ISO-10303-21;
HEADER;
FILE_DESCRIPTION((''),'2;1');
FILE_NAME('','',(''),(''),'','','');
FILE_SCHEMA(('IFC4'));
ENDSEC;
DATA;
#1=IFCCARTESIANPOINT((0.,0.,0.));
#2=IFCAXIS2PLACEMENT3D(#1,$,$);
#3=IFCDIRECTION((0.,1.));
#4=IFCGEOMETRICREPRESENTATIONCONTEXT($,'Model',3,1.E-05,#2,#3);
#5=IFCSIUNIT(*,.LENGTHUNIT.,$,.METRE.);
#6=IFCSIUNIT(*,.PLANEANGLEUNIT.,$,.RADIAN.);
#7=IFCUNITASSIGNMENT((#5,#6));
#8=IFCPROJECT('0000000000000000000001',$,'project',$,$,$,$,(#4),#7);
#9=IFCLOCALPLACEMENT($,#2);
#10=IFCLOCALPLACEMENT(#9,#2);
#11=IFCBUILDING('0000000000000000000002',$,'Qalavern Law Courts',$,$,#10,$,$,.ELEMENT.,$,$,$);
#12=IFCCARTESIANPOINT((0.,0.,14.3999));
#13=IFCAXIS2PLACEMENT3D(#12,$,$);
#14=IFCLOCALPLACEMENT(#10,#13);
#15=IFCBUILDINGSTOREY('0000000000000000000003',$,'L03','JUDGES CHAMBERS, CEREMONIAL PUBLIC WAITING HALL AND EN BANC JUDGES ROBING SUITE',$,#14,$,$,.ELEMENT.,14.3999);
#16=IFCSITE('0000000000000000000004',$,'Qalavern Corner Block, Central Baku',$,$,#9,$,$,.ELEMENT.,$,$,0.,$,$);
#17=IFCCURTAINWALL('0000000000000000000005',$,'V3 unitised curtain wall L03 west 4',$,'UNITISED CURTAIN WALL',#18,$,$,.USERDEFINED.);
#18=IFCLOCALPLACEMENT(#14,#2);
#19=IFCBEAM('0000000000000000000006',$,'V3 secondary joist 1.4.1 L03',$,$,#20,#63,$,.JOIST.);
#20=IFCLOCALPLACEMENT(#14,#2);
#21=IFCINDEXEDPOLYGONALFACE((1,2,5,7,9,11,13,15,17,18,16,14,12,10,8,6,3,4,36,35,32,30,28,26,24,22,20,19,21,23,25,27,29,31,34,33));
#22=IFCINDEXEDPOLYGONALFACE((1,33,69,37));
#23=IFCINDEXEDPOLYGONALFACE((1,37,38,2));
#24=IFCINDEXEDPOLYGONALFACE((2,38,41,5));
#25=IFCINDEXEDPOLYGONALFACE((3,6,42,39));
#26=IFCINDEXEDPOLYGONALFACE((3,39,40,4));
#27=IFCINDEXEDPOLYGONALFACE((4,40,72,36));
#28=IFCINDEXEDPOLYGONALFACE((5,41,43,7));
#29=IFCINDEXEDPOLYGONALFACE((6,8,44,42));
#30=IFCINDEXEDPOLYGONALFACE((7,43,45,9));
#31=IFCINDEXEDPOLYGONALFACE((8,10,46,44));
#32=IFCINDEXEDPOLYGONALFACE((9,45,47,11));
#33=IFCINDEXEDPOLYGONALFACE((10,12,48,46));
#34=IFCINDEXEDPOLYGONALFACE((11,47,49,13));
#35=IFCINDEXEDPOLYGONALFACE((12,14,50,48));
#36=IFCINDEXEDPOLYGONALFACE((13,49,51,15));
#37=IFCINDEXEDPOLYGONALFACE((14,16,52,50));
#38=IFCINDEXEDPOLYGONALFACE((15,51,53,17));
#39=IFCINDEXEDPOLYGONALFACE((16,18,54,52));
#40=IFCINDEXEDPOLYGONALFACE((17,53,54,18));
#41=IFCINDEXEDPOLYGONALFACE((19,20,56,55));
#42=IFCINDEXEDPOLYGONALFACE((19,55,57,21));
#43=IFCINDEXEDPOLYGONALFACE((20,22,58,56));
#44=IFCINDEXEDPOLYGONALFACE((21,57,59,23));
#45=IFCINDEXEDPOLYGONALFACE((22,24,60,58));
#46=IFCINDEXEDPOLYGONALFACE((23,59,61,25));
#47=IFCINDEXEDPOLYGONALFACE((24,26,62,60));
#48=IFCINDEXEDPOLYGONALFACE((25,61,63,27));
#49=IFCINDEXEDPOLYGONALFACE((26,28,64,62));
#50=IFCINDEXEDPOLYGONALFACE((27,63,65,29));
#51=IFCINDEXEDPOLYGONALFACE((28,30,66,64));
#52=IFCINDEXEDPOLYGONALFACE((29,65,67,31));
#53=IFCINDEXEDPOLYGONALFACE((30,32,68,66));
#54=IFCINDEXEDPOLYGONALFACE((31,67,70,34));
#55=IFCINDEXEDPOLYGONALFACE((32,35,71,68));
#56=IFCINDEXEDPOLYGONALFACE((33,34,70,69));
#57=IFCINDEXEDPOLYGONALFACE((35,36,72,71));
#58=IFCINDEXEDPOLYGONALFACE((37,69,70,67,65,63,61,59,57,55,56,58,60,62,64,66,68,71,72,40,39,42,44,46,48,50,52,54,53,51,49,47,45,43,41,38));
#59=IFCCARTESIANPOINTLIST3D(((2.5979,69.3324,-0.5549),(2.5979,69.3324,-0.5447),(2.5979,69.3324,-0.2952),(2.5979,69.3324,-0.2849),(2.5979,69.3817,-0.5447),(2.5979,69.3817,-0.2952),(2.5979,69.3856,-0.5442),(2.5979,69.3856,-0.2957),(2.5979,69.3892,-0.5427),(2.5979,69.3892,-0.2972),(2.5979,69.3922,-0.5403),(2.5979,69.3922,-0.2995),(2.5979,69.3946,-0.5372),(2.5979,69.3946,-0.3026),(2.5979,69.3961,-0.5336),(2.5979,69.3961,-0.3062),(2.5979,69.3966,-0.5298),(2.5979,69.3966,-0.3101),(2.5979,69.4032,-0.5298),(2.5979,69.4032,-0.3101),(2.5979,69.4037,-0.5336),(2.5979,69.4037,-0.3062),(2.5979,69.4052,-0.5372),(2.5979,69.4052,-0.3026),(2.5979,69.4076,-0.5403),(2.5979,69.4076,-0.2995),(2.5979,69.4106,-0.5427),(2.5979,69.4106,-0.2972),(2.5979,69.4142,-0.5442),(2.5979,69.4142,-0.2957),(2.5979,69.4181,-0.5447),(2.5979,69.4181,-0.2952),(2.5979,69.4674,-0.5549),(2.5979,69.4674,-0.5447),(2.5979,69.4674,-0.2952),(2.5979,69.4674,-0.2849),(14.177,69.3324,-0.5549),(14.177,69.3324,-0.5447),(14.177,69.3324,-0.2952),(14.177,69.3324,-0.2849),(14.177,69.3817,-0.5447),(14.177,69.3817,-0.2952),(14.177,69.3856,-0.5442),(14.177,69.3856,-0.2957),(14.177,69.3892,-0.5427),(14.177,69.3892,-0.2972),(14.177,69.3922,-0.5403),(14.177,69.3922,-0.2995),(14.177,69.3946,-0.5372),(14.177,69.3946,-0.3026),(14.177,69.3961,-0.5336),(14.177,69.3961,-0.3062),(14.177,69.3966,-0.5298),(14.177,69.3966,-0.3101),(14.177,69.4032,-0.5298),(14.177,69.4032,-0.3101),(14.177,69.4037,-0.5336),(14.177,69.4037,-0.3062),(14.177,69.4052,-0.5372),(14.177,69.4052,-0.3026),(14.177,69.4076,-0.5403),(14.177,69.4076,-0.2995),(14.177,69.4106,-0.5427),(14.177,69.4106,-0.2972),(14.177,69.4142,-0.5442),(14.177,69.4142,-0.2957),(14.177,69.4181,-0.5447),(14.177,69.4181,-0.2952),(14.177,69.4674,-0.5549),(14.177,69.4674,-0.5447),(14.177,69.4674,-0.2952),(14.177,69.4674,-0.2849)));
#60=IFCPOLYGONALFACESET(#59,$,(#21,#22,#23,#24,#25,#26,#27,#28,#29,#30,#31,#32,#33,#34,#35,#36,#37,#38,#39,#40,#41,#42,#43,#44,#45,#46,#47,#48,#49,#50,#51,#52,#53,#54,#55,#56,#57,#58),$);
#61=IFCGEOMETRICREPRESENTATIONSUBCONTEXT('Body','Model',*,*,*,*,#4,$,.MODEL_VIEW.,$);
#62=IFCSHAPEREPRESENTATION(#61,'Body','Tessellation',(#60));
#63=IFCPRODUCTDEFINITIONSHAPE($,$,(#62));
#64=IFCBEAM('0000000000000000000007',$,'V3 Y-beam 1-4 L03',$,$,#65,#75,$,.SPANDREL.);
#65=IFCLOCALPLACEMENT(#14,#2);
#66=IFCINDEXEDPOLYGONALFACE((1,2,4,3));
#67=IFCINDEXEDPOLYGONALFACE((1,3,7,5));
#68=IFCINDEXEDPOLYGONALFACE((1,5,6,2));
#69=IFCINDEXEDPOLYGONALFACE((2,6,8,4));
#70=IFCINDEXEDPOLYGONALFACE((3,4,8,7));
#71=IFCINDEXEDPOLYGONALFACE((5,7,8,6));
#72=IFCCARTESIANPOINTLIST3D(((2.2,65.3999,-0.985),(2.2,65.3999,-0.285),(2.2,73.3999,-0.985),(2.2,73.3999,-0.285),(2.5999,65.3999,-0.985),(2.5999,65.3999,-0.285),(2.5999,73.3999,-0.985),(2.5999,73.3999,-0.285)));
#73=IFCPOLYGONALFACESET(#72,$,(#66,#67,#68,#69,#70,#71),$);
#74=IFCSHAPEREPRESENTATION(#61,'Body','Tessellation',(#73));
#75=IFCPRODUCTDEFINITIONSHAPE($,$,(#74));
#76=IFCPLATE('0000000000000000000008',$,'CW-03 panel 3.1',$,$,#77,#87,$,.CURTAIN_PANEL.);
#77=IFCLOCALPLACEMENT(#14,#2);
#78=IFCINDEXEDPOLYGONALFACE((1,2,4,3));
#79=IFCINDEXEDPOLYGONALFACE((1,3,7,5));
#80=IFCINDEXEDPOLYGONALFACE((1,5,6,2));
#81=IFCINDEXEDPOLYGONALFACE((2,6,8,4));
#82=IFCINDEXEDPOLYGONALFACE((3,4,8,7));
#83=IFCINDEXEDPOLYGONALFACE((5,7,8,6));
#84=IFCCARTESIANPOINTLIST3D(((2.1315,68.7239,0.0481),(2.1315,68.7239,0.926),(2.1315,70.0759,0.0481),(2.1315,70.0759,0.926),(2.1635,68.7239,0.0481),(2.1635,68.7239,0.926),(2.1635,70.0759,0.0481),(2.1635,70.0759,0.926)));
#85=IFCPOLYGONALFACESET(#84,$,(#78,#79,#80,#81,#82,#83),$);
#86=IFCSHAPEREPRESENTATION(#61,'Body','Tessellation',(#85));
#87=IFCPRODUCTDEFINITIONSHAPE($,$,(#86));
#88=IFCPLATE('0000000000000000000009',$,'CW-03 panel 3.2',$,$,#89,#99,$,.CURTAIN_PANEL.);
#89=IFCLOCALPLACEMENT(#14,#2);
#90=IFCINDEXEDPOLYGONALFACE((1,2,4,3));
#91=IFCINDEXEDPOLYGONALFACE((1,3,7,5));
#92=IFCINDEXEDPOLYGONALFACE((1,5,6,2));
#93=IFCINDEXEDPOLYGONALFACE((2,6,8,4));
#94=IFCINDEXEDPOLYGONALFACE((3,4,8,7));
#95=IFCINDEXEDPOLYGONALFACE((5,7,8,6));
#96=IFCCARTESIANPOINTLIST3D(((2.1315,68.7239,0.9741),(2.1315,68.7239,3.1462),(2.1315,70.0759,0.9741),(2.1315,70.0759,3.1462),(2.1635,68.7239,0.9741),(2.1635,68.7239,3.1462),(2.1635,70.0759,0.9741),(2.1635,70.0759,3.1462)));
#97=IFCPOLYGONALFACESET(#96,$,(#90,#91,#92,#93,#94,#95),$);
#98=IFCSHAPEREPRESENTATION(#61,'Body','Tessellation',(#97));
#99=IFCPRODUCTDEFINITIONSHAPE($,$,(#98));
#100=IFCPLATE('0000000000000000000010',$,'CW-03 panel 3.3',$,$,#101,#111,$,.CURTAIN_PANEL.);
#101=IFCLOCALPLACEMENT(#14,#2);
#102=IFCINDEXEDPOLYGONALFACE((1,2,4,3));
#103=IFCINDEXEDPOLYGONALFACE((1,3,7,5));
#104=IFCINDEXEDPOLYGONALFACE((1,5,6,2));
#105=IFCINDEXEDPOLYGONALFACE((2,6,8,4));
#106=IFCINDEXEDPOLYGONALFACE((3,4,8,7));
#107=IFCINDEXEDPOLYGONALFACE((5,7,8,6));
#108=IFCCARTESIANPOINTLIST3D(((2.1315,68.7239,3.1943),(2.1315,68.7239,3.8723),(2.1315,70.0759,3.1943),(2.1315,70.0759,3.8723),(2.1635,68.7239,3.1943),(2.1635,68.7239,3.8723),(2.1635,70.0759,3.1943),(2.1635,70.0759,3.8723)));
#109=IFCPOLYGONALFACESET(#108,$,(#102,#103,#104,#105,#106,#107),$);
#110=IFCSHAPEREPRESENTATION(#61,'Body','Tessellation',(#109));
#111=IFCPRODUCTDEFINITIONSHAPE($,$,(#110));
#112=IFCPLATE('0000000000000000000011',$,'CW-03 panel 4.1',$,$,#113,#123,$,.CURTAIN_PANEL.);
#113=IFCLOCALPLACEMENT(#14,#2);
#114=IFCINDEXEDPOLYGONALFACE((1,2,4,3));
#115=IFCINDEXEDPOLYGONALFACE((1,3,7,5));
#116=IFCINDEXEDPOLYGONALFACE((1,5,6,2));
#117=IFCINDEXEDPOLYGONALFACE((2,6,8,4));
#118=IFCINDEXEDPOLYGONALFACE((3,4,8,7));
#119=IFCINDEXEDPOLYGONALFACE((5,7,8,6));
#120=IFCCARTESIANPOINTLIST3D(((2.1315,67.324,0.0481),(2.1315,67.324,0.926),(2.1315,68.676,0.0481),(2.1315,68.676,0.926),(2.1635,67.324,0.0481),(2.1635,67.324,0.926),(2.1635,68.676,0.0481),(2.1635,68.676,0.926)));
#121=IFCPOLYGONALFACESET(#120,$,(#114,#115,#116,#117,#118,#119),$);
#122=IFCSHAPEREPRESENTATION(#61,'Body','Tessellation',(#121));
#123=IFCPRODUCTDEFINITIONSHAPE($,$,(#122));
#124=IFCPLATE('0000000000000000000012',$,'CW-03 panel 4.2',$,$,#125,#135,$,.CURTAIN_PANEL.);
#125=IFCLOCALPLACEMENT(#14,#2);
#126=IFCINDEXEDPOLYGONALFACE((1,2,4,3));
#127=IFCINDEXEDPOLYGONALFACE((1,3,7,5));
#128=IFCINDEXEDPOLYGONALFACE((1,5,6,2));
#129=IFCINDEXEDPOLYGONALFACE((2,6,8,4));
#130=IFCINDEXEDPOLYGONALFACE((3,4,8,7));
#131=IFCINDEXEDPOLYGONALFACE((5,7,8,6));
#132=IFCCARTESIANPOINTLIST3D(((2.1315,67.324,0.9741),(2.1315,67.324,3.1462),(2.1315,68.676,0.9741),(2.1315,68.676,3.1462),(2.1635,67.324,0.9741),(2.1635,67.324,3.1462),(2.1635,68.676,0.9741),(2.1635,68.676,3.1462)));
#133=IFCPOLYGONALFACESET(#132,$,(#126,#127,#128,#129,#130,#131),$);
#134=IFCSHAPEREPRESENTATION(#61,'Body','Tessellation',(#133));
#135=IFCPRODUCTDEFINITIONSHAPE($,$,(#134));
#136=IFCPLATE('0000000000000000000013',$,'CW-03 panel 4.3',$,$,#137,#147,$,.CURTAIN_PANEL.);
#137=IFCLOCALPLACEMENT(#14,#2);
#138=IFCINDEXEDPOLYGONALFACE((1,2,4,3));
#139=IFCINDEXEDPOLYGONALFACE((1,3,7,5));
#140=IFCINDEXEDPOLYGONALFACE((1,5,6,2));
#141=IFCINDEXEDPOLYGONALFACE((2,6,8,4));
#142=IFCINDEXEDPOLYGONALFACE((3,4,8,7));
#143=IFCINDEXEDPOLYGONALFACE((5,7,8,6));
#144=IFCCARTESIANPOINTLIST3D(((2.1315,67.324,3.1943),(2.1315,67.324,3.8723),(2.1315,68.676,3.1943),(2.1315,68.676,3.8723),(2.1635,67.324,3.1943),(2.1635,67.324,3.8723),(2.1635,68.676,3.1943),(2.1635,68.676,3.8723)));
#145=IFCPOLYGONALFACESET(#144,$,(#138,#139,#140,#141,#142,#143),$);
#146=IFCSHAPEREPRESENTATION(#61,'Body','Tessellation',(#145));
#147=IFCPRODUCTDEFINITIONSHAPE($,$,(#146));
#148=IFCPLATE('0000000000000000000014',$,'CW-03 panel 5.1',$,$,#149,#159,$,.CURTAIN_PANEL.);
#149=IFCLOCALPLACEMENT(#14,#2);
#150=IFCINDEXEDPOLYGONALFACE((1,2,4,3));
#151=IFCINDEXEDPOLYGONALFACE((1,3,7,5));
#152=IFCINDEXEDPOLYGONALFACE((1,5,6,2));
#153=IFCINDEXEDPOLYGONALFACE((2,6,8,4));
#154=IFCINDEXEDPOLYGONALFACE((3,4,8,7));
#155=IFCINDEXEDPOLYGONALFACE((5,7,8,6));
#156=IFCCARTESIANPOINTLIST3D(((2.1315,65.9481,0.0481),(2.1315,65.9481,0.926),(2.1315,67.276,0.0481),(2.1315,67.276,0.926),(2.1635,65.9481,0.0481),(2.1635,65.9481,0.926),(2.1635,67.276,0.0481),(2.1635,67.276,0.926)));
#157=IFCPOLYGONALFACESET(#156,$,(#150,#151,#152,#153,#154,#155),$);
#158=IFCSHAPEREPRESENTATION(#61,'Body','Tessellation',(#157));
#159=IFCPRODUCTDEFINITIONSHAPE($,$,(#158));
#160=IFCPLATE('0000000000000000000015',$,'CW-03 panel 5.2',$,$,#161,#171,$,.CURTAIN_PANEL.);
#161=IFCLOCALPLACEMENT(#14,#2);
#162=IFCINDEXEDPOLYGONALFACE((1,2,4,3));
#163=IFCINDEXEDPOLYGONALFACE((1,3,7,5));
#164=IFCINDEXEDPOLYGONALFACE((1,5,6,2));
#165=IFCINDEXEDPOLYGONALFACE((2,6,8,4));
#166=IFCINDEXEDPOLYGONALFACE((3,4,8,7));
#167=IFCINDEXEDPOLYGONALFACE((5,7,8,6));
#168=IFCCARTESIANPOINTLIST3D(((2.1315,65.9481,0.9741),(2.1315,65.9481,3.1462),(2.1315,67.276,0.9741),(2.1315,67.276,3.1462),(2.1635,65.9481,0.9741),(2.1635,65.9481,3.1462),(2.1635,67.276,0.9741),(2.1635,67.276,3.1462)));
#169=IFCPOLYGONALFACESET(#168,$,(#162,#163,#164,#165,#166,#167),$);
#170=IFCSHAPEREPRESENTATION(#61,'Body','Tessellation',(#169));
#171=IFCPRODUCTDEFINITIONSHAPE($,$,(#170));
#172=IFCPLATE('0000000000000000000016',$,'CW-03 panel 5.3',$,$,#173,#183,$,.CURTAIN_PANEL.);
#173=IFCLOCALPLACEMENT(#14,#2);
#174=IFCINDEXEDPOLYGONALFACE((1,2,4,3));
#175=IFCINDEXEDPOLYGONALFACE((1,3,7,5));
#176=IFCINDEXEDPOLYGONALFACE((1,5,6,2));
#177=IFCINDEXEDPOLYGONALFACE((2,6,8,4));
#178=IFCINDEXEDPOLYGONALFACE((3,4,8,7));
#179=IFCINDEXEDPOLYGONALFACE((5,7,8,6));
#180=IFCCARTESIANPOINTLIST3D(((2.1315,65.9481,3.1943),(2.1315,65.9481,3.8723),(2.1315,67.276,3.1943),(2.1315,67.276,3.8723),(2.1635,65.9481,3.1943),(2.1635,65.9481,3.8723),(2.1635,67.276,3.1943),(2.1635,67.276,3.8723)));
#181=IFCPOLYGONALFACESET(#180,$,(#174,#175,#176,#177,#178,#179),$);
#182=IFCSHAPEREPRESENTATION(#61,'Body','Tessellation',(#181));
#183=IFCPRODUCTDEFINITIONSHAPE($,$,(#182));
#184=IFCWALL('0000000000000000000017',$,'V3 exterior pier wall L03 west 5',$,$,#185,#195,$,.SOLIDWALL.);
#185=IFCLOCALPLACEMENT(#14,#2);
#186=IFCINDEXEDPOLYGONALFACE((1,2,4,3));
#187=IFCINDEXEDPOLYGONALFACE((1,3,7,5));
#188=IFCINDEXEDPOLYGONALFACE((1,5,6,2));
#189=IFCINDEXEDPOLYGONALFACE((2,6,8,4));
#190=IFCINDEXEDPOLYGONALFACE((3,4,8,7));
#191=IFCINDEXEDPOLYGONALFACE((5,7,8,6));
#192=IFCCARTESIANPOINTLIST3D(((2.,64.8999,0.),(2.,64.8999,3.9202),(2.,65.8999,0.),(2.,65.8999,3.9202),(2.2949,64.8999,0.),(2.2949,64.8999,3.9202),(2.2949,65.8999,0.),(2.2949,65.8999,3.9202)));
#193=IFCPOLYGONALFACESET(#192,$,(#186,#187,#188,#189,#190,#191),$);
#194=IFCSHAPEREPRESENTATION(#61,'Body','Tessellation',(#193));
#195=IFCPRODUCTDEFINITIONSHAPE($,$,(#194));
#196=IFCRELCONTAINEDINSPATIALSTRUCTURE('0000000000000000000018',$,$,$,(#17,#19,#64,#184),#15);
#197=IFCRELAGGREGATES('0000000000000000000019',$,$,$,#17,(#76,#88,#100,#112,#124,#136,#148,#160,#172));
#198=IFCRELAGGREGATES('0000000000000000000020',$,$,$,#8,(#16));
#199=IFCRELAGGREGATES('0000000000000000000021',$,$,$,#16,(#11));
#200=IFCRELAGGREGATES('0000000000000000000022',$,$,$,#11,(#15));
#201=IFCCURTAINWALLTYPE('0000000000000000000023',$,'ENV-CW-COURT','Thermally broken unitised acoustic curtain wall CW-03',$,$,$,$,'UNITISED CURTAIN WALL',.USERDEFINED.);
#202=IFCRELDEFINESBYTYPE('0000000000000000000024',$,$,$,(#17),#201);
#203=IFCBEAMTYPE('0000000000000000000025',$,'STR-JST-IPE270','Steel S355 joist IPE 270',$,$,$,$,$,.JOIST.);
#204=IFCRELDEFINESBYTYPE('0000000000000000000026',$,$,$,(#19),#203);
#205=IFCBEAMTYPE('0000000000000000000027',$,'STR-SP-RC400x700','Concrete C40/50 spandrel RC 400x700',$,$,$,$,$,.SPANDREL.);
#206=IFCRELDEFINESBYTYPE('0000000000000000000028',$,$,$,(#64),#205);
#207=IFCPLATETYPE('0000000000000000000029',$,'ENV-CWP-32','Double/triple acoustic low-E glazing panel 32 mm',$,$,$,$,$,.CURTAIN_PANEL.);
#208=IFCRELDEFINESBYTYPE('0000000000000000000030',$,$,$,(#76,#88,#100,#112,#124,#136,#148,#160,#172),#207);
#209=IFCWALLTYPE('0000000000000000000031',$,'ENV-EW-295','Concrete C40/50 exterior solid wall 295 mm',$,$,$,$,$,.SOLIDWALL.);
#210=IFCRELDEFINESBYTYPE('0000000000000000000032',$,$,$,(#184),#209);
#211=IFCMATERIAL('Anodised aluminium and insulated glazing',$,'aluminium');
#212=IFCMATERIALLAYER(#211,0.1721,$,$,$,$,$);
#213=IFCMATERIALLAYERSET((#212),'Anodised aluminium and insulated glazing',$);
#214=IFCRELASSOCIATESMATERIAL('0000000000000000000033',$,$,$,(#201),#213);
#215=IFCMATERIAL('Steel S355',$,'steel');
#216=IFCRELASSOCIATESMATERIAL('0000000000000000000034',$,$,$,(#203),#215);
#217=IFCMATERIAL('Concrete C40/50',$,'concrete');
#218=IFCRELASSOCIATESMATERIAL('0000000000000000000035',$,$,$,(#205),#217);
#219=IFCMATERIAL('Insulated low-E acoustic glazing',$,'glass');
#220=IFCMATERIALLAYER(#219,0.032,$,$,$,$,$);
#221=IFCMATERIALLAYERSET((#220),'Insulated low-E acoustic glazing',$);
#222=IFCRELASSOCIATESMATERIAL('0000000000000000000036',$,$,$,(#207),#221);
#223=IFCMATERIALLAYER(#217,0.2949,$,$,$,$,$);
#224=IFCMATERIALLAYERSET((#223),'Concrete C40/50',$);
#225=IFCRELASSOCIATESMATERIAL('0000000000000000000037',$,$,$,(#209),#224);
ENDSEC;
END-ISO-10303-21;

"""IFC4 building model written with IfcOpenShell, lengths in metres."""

from ifc_helpers import new_model, si_unit, direction, frame, frame_2d, origin, origin_2d, place, context, subcontext, project, spatial, rectangle, i_section, extrude, material, layer, layer_set, material_profile, profile_set, type_object, element, aggregate, save


model = new_model("IFC4")

# Units and contexts
model_context = context("Model", 3, precision=1e-05, world=origin(), true_north=direction((0.0, 1.0)))
body_context = subcontext(model_context, "Body", "Model", "MODEL_VIEW")
ifc_project = project(units=[si_unit("LENGTHUNIT", "METRE"), si_unit("PLANEANGLEUNIT", "RADIAN")], contexts=[model_context])

# Site, building, storey
site_placement = place(None, origin())
site = spatial("IfcSite", under=ifc_project, at=site_placement, Name="Qalavern Corner Block, Central Baku", CompositionType="ELEMENT", RefElevation=0.0)
building_placement = place(site_placement, origin())
building = spatial("IfcBuilding", under=site, at=building_placement, Name="Qalavern Law Courts", CompositionType="ELEMENT")
storey_placement = place(building_placement, frame((0.0, 0.0, 14.3999)))
storey = spatial("IfcBuildingStorey", under=building, at=storey_placement, Name="L03", Description="JUDGES CHAMBERS, CEREMONIAL PUBLIC WAITING HALL AND EN BANC JUDGES ROBING SUITE", CompositionType="ELEMENT", Elevation=14.3999)

# Curtain wall
ifc_material_1 = material(Name="Anodised aluminium and insulated glazing", Category="aluminium")
ifc_layer_1 = layer(ifc_material_1, 0.1721)
ifc_layer_set_1 = layer_set([ifc_layer_1], Name="Anodised aluminium and insulated glazing")
curtain_wall_type = type_object("IfcCurtainWallType", Name="ENV-CW-COURT", Description="Thermally broken unitised acoustic curtain wall CW-03", ElementType="UNITISED CURTAIN WALL", PredefinedType="USERDEFINED", material=ifc_layer_set_1)
curtain_wall_placement = place(storey_placement, origin())
curtain_wall = element("IfcCurtainWall", 1, at=curtain_wall_placement, inside=storey, type_object=curtain_wall_type, Name="V3 unitised curtain wall L03 west 4", ObjectType="UNITISED CURTAIN WALL", PredefinedType="USERDEFINED")

# Beams
ifc_material_2 = material(Name="Steel S355", Category="steel")
ifc_material_profile_1 = material_profile(ifc_material_2, i_section(OverallWidth=0.135, OverallDepth=0.27, WebThickness=0.0066, FlangeThickness=0.0103, FilletRadius=0.0149, at=origin_2d()), Name="IPE 270")
ifc_profile_set_1 = profile_set([ifc_material_profile_1], Name="Steel S355")
beam_type_1 = type_object("IfcBeamType", Name="STR-JST-IPE270", Description="Steel S355 joist IPE 270", PredefinedType="JOIST", material=ifc_profile_set_1)
beam_1_placement = place(storey_placement, frame((2.5979, 69.3999, -0.4199), z_axis=(1.0, 0.0, 0.0), x_axis=(0.0, 1.0, 0.0)))
element("IfcBeam", 2, at=beam_1_placement, inside=storey, type_object=beam_type_1, Name="V3 secondary joist 1.4.1 L03", PredefinedType="JOIST", context=body_context, shape_type="SweptSolid", body=[
    extrude(i_section(OverallWidth=0.135, OverallDepth=0.27, WebThickness=0.0066, FlangeThickness=0.0103, FilletRadius=0.0149, at=origin_2d()), origin(), (0.0, 0.0, 1.0), 11.5791),
])
ifc_material_3 = material(Name="Concrete C40/50", Category="concrete")
ifc_material_profile_2 = material_profile(ifc_material_3, rectangle(XDim=0.3999, YDim=0.7, at=origin_2d()), Name="RC 400x700")
ifc_profile_set_2 = profile_set([ifc_material_profile_2], Name="Concrete C40/50")
beam_type_2 = type_object("IfcBeamType", Name="STR-SP-RC400x700", Description="Concrete C40/50 spandrel RC 400x700", PredefinedType="SPANDREL", material=ifc_profile_set_2)
beam_2_placement = place(storey_placement, frame((2.3999, 65.3999, -0.635), z_axis=(0.0, 1.0, 0.0), x_axis=(-1.0, 0.0, 0.0)))
element("IfcBeam", 3, at=beam_2_placement, inside=storey, type_object=beam_type_2, Name="V3 Y-beam 1-4 L03", PredefinedType="SPANDREL", context=body_context, shape_type="SweptSolid", body=[
    extrude(rectangle(XDim=0.3999, YDim=0.7, at=origin_2d()), origin(), (0.0, 0.0, 1.0), 8.0),
])

# Plates
ifc_material_4 = material(Name="Insulated low-E acoustic glazing", Category="glass")
ifc_layer_2 = layer(ifc_material_4, 0.032)
ifc_layer_set_2 = layer_set([ifc_layer_2], Name="Insulated low-E acoustic glazing")
plate_type = type_object("IfcPlateType", Name="ENV-CWP-32", Description="Double/triple acoustic low-E glazing panel 32 mm", PredefinedType="CURTAIN_PANEL", material=ifc_layer_set_2)
plate_1_placement = place(storey_placement, frame((2.1475, 69.3999, 0.0481), z_axis=(0.0, 0.0, 1.0), x_axis=(0.0, -1.0, 0.0)))
plate_1 = element("IfcPlate", 4, at=plate_1_placement, type_object=plate_type, Name="CW-03 panel 3.1", PredefinedType="CURTAIN_PANEL", context=body_context, shape_type="SweptSolid", body=[
    extrude(rectangle(XDim=1.3521, YDim=0.032, at=origin_2d()), origin(), (0.0, 0.0, 1.0), 0.8779),
])
plate_2_placement = place(storey_placement, frame((2.1475, 69.3999, 0.9741), z_axis=(0.0, 0.0, 1.0), x_axis=(0.0, -1.0, 0.0)))
plate_2 = element("IfcPlate", 5, at=plate_2_placement, type_object=plate_type, Name="CW-03 panel 3.2", PredefinedType="CURTAIN_PANEL", context=body_context, shape_type="SweptSolid", body=[
    extrude(rectangle(XDim=1.3521, YDim=0.032, at=origin_2d()), origin(), (0.0, 0.0, 1.0), 2.1721),
])
plate_3_placement = place(storey_placement, frame((2.1475, 69.3999, 3.1943), z_axis=(0.0, 0.0, 1.0), x_axis=(0.0, -1.0, 0.0)))
plate_3 = element("IfcPlate", 6, at=plate_3_placement, type_object=plate_type, Name="CW-03 panel 3.3", PredefinedType="CURTAIN_PANEL", context=body_context, shape_type="SweptSolid", body=[
    extrude(rectangle(XDim=1.3521, YDim=0.032, at=origin_2d()), origin(), (0.0, 0.0, 1.0), 0.678),
])
plate_4_placement = place(storey_placement, frame((2.1475, 68.0, 0.0481), z_axis=(0.0, 0.0, 1.0), x_axis=(0.0, -1.0, 0.0)))
plate_4 = element("IfcPlate", 7, at=plate_4_placement, type_object=plate_type, Name="CW-03 panel 4.1", PredefinedType="CURTAIN_PANEL", context=body_context, shape_type="SweptSolid", body=[
    extrude(rectangle(XDim=1.3521, YDim=0.032, at=origin_2d()), origin(), (0.0, 0.0, 1.0), 0.8779),
])
plate_5_placement = place(storey_placement, frame((2.1475, 68.0, 0.9741), z_axis=(0.0, 0.0, 1.0), x_axis=(0.0, -1.0, 0.0)))
plate_5 = element("IfcPlate", 8, at=plate_5_placement, type_object=plate_type, Name="CW-03 panel 4.2", PredefinedType="CURTAIN_PANEL", context=body_context, shape_type="SweptSolid", body=[
    extrude(rectangle(XDim=1.3521, YDim=0.032, at=origin_2d()), origin(), (0.0, 0.0, 1.0), 2.1721),
])
plate_6_placement = place(storey_placement, frame((2.1475, 68.0, 3.1943), z_axis=(0.0, 0.0, 1.0), x_axis=(0.0, -1.0, 0.0)))
plate_6 = element("IfcPlate", 9, at=plate_6_placement, type_object=plate_type, Name="CW-03 panel 4.3", PredefinedType="CURTAIN_PANEL", context=body_context, shape_type="SweptSolid", body=[
    extrude(rectangle(XDim=1.3521, YDim=0.032, at=origin_2d()), origin(), (0.0, 0.0, 1.0), 0.678),
])
plate_7_placement = place(storey_placement, frame((2.1475, 66.6121, 0.0481), z_axis=(0.0, 0.0, 1.0), x_axis=(0.0, -1.0, 0.0)))
plate_7 = element("IfcPlate", 10, at=plate_7_placement, type_object=plate_type, Name="CW-03 panel 5.1", PredefinedType="CURTAIN_PANEL", context=body_context, shape_type="SweptSolid", body=[
    extrude(rectangle(XDim=1.3279, YDim=0.032, at=origin_2d()), origin(), (0.0, 0.0, 1.0), 0.8779),
])
plate_8_placement = place(storey_placement, frame((2.1475, 66.6121, 0.9741), z_axis=(0.0, 0.0, 1.0), x_axis=(0.0, -1.0, 0.0)))
plate_8 = element("IfcPlate", 11, at=plate_8_placement, type_object=plate_type, Name="CW-03 panel 5.2", PredefinedType="CURTAIN_PANEL", context=body_context, shape_type="SweptSolid", body=[
    extrude(rectangle(XDim=1.3279, YDim=0.032, at=origin_2d()), origin(), (0.0, 0.0, 1.0), 2.1721),
])
plate_9_placement = place(storey_placement, frame((2.1475, 66.6121, 3.1943), z_axis=(0.0, 0.0, 1.0), x_axis=(0.0, -1.0, 0.0)))
plate_9 = element("IfcPlate", 12, at=plate_9_placement, type_object=plate_type, Name="CW-03 panel 5.3", PredefinedType="CURTAIN_PANEL", context=body_context, shape_type="SweptSolid", body=[
    extrude(rectangle(XDim=1.3279, YDim=0.032, at=origin_2d()), origin(), (0.0, 0.0, 1.0), 0.678),
])
aggregate(curtain_wall, [plate_1, plate_2, plate_3, plate_4, plate_5, plate_6, plate_7, plate_8, plate_9])

# Wall
ifc_layer_3 = layer(ifc_material_3, 0.2949)
ifc_layer_set_3 = layer_set([ifc_layer_3], Name="Concrete C40/50")
wall_type_1 = type_object("IfcWallType", Name="ENV-EW-295", Description="Concrete C40/50 exterior solid wall 295 mm", PredefinedType="SOLIDWALL", material=ifc_layer_set_3)
wall_1_placement = place(storey_placement, frame((2.1475, 65.8999, 0.0), z_axis=(0.0, 0.0, 1.0), x_axis=(0.0, -1.0, 0.0)))
element("IfcWall", 13, at=wall_1_placement, inside=storey, type_object=wall_type_1, Name="V3 exterior pier wall L03 west 5", PredefinedType="SOLIDWALL", context=body_context, shape_type="SweptSolid", body=[
    extrude(rectangle(XDim=1.0, YDim=0.2949, at=frame_2d((0.5, 0.0))), origin(), (0.0, 0.0, 1.0), 3.9202),
])

save(model, "model.ifc")
